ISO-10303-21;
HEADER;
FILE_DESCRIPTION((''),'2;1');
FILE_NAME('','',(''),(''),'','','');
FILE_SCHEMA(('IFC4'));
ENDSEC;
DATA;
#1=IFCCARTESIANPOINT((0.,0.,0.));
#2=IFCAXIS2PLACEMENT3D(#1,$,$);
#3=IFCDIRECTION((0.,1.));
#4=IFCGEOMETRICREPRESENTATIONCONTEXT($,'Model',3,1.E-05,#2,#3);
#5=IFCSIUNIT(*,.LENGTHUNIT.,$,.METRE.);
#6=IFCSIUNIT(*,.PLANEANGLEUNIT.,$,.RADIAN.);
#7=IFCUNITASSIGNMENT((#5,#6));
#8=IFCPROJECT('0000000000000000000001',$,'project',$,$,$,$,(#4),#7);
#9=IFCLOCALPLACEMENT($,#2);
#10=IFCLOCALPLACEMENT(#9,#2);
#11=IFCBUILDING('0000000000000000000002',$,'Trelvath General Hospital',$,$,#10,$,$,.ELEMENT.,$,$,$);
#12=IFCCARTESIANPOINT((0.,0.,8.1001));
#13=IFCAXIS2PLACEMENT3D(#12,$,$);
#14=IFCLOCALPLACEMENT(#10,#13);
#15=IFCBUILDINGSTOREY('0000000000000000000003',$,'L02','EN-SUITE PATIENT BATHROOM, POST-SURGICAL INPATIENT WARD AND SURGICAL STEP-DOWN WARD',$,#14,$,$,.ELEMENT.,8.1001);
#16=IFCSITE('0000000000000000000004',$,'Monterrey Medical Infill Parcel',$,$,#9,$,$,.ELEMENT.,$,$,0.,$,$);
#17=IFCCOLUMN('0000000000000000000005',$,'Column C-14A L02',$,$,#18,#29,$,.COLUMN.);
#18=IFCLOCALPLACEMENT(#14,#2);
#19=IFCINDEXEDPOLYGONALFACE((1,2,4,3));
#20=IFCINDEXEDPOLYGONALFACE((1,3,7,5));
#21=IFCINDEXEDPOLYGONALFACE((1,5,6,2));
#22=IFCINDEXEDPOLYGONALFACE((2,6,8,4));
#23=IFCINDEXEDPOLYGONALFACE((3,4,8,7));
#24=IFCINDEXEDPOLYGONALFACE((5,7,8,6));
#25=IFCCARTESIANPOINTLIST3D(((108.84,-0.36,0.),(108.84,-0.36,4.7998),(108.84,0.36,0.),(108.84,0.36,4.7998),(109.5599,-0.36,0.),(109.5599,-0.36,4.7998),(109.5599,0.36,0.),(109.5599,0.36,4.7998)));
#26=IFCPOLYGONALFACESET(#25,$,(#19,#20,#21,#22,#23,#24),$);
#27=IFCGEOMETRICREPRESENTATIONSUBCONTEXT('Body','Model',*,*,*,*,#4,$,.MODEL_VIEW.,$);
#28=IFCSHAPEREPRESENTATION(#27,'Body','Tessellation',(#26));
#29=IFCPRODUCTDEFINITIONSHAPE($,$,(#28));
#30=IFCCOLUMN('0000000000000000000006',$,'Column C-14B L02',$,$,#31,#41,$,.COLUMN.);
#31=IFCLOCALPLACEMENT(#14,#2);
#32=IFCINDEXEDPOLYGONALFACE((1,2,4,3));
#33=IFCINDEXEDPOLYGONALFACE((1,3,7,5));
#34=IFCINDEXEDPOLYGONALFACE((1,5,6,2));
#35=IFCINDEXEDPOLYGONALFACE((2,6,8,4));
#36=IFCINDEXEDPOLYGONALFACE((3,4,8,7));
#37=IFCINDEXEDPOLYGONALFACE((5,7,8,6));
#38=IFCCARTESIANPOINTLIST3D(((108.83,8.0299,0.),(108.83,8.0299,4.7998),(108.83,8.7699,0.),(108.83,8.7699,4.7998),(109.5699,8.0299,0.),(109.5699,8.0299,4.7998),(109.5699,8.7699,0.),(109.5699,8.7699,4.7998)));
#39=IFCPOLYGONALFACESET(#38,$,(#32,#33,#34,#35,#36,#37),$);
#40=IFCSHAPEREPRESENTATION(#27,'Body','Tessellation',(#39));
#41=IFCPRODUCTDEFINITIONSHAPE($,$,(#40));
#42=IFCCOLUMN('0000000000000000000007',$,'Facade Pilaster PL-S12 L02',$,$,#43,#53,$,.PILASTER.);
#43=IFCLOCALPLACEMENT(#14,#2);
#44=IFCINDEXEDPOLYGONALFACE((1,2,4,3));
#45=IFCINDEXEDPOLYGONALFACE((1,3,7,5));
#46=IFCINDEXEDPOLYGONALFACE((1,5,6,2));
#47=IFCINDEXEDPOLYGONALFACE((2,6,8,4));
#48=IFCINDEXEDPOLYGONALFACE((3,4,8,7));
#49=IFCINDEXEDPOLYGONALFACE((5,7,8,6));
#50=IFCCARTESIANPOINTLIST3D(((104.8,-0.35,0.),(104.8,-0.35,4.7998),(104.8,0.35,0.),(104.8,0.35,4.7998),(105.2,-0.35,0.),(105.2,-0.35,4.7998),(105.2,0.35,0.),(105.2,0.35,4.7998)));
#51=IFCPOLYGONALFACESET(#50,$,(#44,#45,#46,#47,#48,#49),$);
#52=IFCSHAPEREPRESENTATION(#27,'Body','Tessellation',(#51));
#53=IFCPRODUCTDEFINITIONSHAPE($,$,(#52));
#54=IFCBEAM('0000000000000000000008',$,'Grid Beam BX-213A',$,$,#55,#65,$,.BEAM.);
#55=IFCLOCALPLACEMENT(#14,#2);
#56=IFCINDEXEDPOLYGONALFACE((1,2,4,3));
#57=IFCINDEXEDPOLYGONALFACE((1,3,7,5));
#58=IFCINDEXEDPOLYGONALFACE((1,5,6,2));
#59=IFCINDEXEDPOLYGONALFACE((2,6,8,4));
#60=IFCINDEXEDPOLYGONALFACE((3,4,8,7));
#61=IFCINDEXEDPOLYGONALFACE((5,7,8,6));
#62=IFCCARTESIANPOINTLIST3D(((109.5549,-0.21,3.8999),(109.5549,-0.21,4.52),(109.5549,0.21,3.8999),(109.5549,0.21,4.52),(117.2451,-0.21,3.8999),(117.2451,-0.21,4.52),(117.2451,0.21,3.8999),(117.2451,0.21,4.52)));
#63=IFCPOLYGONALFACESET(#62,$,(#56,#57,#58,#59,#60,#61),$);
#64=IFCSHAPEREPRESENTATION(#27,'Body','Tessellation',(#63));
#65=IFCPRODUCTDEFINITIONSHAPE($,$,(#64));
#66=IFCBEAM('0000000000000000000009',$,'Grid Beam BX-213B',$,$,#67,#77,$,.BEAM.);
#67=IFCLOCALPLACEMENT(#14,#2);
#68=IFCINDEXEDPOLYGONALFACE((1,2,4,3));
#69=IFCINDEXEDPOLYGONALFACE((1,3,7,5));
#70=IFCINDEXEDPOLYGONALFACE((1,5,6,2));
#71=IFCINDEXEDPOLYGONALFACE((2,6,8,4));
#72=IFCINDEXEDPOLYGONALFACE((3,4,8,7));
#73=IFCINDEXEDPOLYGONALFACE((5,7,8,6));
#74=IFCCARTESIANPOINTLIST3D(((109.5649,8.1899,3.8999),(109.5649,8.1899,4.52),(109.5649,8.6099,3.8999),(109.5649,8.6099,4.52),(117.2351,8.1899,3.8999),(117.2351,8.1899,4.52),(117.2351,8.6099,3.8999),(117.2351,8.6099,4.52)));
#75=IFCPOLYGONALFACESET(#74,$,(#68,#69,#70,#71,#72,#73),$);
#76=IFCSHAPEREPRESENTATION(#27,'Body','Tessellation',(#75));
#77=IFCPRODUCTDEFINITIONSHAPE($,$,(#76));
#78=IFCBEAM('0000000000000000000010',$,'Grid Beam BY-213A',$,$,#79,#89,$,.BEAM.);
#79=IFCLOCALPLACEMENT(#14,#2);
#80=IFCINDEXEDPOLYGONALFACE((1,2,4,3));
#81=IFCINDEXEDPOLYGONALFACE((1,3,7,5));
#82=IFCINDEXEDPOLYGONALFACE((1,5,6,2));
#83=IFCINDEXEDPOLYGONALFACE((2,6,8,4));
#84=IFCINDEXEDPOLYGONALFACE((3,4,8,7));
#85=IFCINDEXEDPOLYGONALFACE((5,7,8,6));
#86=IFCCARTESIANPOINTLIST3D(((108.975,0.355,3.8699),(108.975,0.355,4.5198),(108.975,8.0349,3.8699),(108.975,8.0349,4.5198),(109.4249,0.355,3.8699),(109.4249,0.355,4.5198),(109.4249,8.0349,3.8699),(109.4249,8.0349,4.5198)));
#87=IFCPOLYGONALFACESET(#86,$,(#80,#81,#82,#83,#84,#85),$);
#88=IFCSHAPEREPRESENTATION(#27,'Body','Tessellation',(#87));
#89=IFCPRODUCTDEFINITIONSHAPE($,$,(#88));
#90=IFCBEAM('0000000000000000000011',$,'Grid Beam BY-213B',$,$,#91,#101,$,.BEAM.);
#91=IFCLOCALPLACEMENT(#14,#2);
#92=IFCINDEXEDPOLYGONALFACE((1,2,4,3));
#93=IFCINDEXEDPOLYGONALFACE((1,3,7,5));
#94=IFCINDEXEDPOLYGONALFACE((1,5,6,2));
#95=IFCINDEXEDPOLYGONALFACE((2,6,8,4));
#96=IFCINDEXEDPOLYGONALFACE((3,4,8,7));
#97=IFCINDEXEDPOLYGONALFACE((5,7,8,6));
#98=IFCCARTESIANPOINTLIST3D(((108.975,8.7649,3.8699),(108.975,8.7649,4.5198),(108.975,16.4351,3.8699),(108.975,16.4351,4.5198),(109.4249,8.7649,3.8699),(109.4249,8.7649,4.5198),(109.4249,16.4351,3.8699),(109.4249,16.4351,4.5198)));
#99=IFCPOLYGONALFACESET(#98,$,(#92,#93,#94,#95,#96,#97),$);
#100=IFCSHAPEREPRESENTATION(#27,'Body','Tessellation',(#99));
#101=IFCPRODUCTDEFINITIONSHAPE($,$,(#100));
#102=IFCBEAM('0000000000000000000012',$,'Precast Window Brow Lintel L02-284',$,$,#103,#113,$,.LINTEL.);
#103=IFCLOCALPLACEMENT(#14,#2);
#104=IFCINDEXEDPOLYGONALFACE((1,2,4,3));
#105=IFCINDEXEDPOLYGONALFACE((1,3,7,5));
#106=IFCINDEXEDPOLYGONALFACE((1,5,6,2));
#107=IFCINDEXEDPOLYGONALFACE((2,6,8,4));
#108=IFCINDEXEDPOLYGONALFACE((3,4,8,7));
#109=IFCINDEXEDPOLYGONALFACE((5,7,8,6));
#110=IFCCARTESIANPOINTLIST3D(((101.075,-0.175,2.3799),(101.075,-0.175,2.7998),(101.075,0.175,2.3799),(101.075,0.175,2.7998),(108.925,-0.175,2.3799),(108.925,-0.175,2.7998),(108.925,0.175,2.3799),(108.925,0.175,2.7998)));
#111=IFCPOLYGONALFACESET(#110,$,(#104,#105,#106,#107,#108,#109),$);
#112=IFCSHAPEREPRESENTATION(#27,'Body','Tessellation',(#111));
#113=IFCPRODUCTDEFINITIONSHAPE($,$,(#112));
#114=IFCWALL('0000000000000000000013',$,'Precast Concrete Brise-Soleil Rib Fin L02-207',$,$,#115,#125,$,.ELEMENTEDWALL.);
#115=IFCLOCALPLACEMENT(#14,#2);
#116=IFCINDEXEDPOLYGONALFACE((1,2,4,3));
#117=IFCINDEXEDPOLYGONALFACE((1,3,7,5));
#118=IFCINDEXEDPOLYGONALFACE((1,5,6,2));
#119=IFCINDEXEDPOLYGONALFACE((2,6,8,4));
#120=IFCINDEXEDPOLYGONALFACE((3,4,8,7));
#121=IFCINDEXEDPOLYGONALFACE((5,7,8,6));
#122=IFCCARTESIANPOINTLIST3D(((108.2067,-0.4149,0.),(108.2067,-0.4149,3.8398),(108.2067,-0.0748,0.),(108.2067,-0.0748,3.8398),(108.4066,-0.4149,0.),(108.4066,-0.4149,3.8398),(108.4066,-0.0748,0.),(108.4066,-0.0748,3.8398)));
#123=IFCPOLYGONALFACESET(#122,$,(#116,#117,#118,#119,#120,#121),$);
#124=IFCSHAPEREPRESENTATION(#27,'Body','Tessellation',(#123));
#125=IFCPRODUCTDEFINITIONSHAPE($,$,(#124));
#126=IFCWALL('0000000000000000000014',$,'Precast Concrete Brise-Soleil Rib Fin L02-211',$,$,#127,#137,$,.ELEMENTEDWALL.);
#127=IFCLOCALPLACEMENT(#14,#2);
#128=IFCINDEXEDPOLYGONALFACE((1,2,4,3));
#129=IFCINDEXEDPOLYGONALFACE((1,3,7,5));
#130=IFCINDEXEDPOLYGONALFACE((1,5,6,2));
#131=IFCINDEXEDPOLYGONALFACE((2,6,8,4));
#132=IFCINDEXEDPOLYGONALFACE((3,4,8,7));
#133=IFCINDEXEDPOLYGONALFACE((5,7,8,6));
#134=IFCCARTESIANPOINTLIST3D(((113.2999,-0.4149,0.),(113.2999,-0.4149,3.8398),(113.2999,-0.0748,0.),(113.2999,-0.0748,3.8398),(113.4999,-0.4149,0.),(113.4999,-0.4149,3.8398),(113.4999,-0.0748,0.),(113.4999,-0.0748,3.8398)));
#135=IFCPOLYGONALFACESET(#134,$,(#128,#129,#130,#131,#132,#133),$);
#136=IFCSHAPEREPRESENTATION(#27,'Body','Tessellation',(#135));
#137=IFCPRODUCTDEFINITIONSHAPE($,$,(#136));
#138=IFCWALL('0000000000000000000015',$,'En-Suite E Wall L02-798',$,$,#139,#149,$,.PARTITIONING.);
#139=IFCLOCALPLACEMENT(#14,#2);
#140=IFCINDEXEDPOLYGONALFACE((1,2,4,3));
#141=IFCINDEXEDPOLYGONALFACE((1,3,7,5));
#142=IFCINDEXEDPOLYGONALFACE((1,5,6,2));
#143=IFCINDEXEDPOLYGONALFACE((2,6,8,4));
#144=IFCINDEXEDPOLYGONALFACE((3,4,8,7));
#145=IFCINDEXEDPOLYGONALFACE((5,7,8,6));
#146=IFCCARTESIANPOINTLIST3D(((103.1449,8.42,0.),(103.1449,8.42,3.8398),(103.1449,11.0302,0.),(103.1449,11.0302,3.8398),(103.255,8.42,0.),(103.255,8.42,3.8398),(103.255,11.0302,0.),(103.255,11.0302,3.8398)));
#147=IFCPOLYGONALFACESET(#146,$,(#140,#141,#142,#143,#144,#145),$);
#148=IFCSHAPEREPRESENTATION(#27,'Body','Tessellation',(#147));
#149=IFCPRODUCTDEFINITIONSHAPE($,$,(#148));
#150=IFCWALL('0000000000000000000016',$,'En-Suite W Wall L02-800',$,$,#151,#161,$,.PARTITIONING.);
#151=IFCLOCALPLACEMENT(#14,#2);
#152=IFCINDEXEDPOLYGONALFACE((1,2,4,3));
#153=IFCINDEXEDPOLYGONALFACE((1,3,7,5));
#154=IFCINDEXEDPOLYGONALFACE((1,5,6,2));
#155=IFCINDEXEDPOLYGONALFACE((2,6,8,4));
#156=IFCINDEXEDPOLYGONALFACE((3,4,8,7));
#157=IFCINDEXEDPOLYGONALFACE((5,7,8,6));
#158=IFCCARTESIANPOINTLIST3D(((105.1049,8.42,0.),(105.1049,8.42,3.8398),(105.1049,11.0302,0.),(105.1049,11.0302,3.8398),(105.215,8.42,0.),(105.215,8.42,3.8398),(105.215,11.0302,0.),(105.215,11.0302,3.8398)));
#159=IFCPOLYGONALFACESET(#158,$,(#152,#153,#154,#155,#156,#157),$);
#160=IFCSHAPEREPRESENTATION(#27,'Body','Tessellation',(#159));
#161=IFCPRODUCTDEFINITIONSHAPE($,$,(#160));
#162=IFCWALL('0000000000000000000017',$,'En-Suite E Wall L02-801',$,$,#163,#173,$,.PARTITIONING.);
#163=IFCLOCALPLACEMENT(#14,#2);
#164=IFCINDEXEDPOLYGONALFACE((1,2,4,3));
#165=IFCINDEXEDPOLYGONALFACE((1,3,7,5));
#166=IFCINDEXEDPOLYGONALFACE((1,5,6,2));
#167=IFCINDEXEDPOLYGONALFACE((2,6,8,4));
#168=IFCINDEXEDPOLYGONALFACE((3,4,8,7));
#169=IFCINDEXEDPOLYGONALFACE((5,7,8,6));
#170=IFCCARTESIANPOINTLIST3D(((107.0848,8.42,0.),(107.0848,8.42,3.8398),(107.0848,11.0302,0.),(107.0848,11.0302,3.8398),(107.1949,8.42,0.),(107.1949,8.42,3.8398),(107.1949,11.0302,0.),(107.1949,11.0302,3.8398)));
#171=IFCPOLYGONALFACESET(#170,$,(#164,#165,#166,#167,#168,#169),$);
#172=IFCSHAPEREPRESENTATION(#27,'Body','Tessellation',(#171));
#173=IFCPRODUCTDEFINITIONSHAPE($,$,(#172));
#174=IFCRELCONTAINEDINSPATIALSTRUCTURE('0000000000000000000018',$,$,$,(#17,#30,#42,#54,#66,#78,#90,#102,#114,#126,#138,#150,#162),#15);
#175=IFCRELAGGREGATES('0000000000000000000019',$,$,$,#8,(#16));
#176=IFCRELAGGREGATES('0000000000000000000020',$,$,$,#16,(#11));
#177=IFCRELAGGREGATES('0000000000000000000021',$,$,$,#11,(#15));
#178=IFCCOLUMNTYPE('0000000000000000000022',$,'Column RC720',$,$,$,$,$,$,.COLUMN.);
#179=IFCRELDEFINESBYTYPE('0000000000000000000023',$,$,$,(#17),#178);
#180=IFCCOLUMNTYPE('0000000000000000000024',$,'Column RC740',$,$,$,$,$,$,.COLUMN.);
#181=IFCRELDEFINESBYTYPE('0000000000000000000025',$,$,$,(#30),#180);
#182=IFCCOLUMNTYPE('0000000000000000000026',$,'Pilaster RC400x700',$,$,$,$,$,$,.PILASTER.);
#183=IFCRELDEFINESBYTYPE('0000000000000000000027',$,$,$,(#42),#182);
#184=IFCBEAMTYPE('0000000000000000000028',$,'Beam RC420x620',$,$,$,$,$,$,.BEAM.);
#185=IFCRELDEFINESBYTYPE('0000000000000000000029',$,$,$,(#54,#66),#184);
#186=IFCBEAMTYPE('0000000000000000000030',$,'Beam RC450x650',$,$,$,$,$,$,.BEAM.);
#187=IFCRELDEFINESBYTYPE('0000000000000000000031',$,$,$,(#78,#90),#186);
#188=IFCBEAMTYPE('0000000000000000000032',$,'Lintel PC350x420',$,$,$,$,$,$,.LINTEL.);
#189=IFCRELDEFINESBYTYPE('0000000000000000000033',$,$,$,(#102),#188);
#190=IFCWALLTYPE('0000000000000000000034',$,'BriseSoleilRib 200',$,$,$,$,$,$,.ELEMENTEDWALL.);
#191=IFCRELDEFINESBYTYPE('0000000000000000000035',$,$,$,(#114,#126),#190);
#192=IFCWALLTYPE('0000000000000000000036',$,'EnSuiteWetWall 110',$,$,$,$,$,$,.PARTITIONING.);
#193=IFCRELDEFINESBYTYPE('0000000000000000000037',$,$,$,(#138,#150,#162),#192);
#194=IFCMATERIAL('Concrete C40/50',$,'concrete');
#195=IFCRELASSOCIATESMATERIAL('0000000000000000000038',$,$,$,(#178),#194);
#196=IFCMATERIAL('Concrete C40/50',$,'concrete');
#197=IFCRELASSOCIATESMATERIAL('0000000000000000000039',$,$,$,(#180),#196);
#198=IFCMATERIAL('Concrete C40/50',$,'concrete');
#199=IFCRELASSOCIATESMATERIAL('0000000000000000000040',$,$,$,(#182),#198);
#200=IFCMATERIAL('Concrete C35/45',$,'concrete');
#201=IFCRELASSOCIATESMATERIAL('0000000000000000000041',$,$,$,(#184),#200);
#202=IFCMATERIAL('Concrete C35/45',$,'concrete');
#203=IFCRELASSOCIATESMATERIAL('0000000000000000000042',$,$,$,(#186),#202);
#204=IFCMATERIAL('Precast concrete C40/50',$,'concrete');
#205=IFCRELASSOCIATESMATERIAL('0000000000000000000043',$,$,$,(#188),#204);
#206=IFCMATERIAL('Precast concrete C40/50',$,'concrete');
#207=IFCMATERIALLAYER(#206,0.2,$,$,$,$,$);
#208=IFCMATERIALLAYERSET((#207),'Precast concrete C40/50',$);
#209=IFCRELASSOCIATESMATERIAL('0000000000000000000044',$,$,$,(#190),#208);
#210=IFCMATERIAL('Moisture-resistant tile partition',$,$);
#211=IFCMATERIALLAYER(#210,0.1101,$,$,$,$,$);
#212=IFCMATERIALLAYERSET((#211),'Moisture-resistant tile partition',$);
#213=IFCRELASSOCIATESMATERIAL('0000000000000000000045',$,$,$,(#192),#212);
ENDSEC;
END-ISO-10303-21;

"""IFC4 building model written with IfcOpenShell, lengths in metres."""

from ifc_helpers import new_model, si_unit, direction, frame, frame_2d, origin, origin_2d, place, context, subcontext, project, spatial, rectangle, extrude, material, layer, layer_set, material_profile, profile_set, type_object, element, save


model = new_model("IFC4")

# Units and contexts
model_context = context("Model", 3, precision=1e-05, world=origin(), true_north=direction((0.0, 1.0)))
body_context = subcontext(model_context, "Body", "Model", "MODEL_VIEW")
ifc_project = project(units=[si_unit("LENGTHUNIT", "METRE"), si_unit("PLANEANGLEUNIT", "RADIAN")], contexts=[model_context])

# Site, building, storey
site_placement = place(None, origin())
site = spatial("IfcSite", under=ifc_project, at=site_placement, Name="Monterrey Medical Infill Parcel", CompositionType="ELEMENT", RefElevation=0.0)
building_placement = place(site_placement, origin())
building = spatial("IfcBuilding", under=site, at=building_placement, Name="Trelvath General Hospital", CompositionType="ELEMENT")
storey_placement = place(building_placement, frame((0.0, 0.0, 8.1001)))
storey = spatial("IfcBuildingStorey", under=building, at=storey_placement, Name="L02", Description="EN-SUITE PATIENT BATHROOM, POST-SURGICAL INPATIENT WARD AND SURGICAL STEP-DOWN WARD", CompositionType="ELEMENT", Elevation=8.1001)

# Columns
ifc_material_1 = material(Name="Concrete C40/50", Category="concrete")
ifc_material_profile_1 = material_profile(ifc_material_1, rectangle(XDim=0.72, YDim=0.72, at=origin_2d()), Name="RC720x720")
ifc_profile_set_1 = profile_set([ifc_material_profile_1], Name="Concrete C40/50")
column_type_1 = type_object("IfcColumnType", Name="Column RC720", PredefinedType="COLUMN", material=ifc_profile_set_1)
column_1_placement = place(storey_placement, frame((109.2, 0.0, 0.0), z_axis=(0.0, 0.0, 1.0), x_axis=(1.0, 0.0, 0.0)))
element("IfcColumn", 1, at=column_1_placement, inside=storey, type_object=column_type_1, Name="Column C-14A L02", PredefinedType="COLUMN", context=body_context, shape_type="SweptSolid", body=[
    extrude(rectangle(XDim=0.72, YDim=0.72, at=origin_2d()), origin(), (0.0, 0.0, 1.0), 4.7998),
])
ifc_material_2 = material(Name="Concrete C40/50", Category="concrete")
ifc_material_profile_2 = material_profile(ifc_material_2, rectangle(XDim=0.74, YDim=0.74, at=origin_2d()), Name="RC740x740")
ifc_profile_set_2 = profile_set([ifc_material_profile_2], Name="Concrete C40/50")
column_type_2 = type_object("IfcColumnType", Name="Column RC740", PredefinedType="COLUMN", material=ifc_profile_set_2)
column_2_placement = place(storey_placement, frame((109.2, 8.3999, 0.0), z_axis=(0.0, 0.0, 1.0), x_axis=(1.0, 0.0, 0.0)))
element("IfcColumn", 2, at=column_2_placement, inside=storey, type_object=column_type_2, Name="Column C-14B L02", PredefinedType="COLUMN", context=body_context, shape_type="SweptSolid", body=[
    extrude(rectangle(XDim=0.74, YDim=0.74, at=origin_2d()), origin(), (0.0, 0.0, 1.0), 4.7998),
])
ifc_material_3 = material(Name="Concrete C40/50", Category="concrete")
ifc_material_profile_3 = material_profile(ifc_material_3, rectangle(XDim=0.3999, YDim=0.7, at=origin_2d()), Name="RC400x700")
ifc_profile_set_3 = profile_set([ifc_material_profile_3], Name="Concrete C40/50")
column_type_3 = type_object("IfcColumnType", Name="Pilaster RC400x700", PredefinedType="PILASTER", material=ifc_profile_set_3)
column_3_placement = place(storey_placement, frame((105.0, 0.0, 0.0), z_axis=(0.0, 0.0, 1.0), x_axis=(1.0, 0.0, 0.0)))
element("IfcColumn", 3, at=column_3_placement, inside=storey, type_object=column_type_3, Name="Facade Pilaster PL-S12 L02", PredefinedType="PILASTER", context=body_context, shape_type="SweptSolid", body=[
    extrude(rectangle(XDim=0.3999, YDim=0.7, at=origin_2d()), origin(), (0.0, 0.0, 1.0), 4.7998),
])

# Beams
ifc_material_4 = material(Name="Concrete C35/45", Category="concrete")
ifc_material_profile_4 = material_profile(ifc_material_4, rectangle(XDim=0.4199, YDim=0.6201, at=origin_2d()), Name="RCB420x620")
ifc_profile_set_4 = profile_set([ifc_material_profile_4], Name="Concrete C35/45")
beam_type_1 = type_object("IfcBeamType", Name="Beam RC420x620", PredefinedType="BEAM", material=ifc_profile_set_4)
beam_1_placement = place(storey_placement, frame((109.5549, 0.0, 4.21), z_axis=(1.0, 0.0, 0.0), x_axis=(0.0, 1.0, 0.0)))
element("IfcBeam", 4, at=beam_1_placement, inside=storey, type_object=beam_type_1, Name="Grid Beam BX-213A", PredefinedType="BEAM", context=body_context, shape_type="SweptSolid", body=[
    extrude(rectangle(XDim=0.4199, YDim=0.6201, at=origin_2d()), origin(), (0.0, 0.0, 1.0), 7.6902),
])
beam_2_placement = place(storey_placement, frame((109.5649, 8.3999, 4.21), z_axis=(1.0, 0.0, 0.0), x_axis=(0.0, 1.0, 0.0)))
element("IfcBeam", 5, at=beam_2_placement, inside=storey, type_object=beam_type_1, Name="Grid Beam BX-213B", PredefinedType="BEAM", context=body_context, shape_type="SweptSolid", body=[
    extrude(rectangle(XDim=0.4199, YDim=0.6201, at=origin_2d()), origin(), (0.0, 0.0, 1.0), 7.6702),
])
ifc_material_5 = material(Name="Concrete C35/45", Category="concrete")
ifc_material_profile_5 = material_profile(ifc_material_5, rectangle(XDim=0.45, YDim=0.6499, at=origin_2d()), Name="RCB450x650")
ifc_profile_set_5 = profile_set([ifc_material_profile_5], Name="Concrete C35/45")
beam_type_2 = type_object("IfcBeamType", Name="Beam RC450x650", PredefinedType="BEAM", material=ifc_profile_set_5)
beam_3_placement = place(storey_placement, frame((109.2, 0.355, 4.1948), z_axis=(0.0, 1.0, 0.0), x_axis=(-1.0, 0.0, 0.0)))
element("IfcBeam", 6, at=beam_3_placement, inside=storey, type_object=beam_type_2, Name="Grid Beam BY-213A", PredefinedType="BEAM", context=body_context, shape_type="SweptSolid", body=[
    extrude(rectangle(XDim=0.45, YDim=0.6499, at=origin_2d()), origin(), (0.0, 0.0, 1.0), 7.6799),
])
beam_4_placement = place(storey_placement, frame((109.2, 8.7649, 4.1948), z_axis=(0.0, 1.0, 0.0), x_axis=(-1.0, 0.0, 0.0)))
element("IfcBeam", 7, at=beam_4_placement, inside=storey, type_object=beam_type_2, Name="Grid Beam BY-213B", PredefinedType="BEAM", context=body_context, shape_type="SweptSolid", body=[
    extrude(rectangle(XDim=0.45, YDim=0.6499, at=origin_2d()), origin(), (0.0, 0.0, 1.0), 7.6702),
])
ifc_material_6 = material(Name="Precast concrete C40/50", Category="concrete")
ifc_material_profile_6 = material_profile(ifc_material_6, rectangle(XDim=0.3501, YDim=0.4199, at=origin_2d()), Name="PCL350x420")
ifc_profile_set_6 = profile_set([ifc_material_profile_6], Name="Precast concrete C40/50")
beam_type_3 = type_object("IfcBeamType", Name="Lintel PC350x420", PredefinedType="LINTEL", material=ifc_profile_set_6)
beam_5_placement = place(storey_placement, frame((108.925, 0.0, 2.5898), z_axis=(-1.0, 0.0, 0.0), x_axis=(0.0, -1.0, 0.0)))
element("IfcBeam", 8, at=beam_5_placement, inside=storey, type_object=beam_type_3, Name="Precast Window Brow Lintel L02-284", PredefinedType="LINTEL", context=body_context, shape_type="SweptSolid", body=[
    extrude(rectangle(XDim=0.3501, YDim=0.4199, at=origin_2d()), origin(), (0.0, 0.0, 1.0), 7.8501),
])

# Walls
ifc_material_7 = material(Name="Precast concrete C40/50", Category="concrete")
ifc_layer_1 = layer(ifc_material_7, 0.2)
ifc_layer_set_1 = layer_set([ifc_layer_1], Name="Precast concrete C40/50")
wall_type_1 = type_object("IfcWallType", Name="BriseSoleilRib 200", PredefinedType="ELEMENTEDWALL", material=ifc_layer_set_1)
for number, where, z_axis, x_axis, name in (
    (9, (108.3066, -0.075, 0.0), (0.0, 0.0, 1.0), (0.0, -1.0, 0.0), "Precast Concrete Brise-Soleil Rib Fin L02-207"),
    (10, (113.3999, -0.075, 0.0), (0.0, 0.0, 1.0), (0.0, -1.0, 0.0), "Precast Concrete Brise-Soleil Rib Fin L02-211"),
):
    element("IfcWall", number, at=place(storey_placement, frame(where, z_axis=z_axis, x_axis=x_axis)), inside=storey, type_object=wall_type_1, Name=name, PredefinedType="ELEMENTEDWALL", context=body_context, shape_type="SweptSolid", body=[
        extrude(rectangle(XDim=0.3401, YDim=0.2, at=frame_2d((0.1699, 0.0))), origin(), (0.0, 0.0, 1.0), 3.8398),
    ])
ifc_material_8 = material(Name="Moisture-resistant tile partition")
ifc_layer_2 = layer(ifc_material_8, 0.1101)
ifc_layer_set_2 = layer_set([ifc_layer_2], Name="Moisture-resistant tile partition")
wall_type_2 = type_object("IfcWallType", Name="EnSuiteWetWall 110", PredefinedType="PARTITIONING", material=ifc_layer_set_2)
for number, where, z_axis, x_axis, name in (
    (11, (103.2, 8.4199, 0.0), (0.0, 0.0, 1.0), (0.0, 1.0, 0.0), "En-Suite E Wall L02-798"),
    (12, (105.1599, 8.4199, 0.0), (0.0, 0.0, 1.0), (0.0, 1.0, 0.0), "En-Suite W Wall L02-800"),
    (13, (107.1399, 8.4199, 0.0), (0.0, 0.0, 1.0), (0.0, 1.0, 0.0), "En-Suite E Wall L02-801"),
):
    element("IfcWall", number, at=place(storey_placement, frame(where, z_axis=z_axis, x_axis=x_axis)), inside=storey, type_object=wall_type_2, Name=name, PredefinedType="PARTITIONING", context=body_context, shape_type="SweptSolid", body=[
        extrude(rectangle(XDim=2.6101, YDim=0.1101, at=frame_2d((1.3052, 0.0))), origin(), (0.0, 0.0, 1.0), 3.8398),
    ])

save(model, "model.ifc")
